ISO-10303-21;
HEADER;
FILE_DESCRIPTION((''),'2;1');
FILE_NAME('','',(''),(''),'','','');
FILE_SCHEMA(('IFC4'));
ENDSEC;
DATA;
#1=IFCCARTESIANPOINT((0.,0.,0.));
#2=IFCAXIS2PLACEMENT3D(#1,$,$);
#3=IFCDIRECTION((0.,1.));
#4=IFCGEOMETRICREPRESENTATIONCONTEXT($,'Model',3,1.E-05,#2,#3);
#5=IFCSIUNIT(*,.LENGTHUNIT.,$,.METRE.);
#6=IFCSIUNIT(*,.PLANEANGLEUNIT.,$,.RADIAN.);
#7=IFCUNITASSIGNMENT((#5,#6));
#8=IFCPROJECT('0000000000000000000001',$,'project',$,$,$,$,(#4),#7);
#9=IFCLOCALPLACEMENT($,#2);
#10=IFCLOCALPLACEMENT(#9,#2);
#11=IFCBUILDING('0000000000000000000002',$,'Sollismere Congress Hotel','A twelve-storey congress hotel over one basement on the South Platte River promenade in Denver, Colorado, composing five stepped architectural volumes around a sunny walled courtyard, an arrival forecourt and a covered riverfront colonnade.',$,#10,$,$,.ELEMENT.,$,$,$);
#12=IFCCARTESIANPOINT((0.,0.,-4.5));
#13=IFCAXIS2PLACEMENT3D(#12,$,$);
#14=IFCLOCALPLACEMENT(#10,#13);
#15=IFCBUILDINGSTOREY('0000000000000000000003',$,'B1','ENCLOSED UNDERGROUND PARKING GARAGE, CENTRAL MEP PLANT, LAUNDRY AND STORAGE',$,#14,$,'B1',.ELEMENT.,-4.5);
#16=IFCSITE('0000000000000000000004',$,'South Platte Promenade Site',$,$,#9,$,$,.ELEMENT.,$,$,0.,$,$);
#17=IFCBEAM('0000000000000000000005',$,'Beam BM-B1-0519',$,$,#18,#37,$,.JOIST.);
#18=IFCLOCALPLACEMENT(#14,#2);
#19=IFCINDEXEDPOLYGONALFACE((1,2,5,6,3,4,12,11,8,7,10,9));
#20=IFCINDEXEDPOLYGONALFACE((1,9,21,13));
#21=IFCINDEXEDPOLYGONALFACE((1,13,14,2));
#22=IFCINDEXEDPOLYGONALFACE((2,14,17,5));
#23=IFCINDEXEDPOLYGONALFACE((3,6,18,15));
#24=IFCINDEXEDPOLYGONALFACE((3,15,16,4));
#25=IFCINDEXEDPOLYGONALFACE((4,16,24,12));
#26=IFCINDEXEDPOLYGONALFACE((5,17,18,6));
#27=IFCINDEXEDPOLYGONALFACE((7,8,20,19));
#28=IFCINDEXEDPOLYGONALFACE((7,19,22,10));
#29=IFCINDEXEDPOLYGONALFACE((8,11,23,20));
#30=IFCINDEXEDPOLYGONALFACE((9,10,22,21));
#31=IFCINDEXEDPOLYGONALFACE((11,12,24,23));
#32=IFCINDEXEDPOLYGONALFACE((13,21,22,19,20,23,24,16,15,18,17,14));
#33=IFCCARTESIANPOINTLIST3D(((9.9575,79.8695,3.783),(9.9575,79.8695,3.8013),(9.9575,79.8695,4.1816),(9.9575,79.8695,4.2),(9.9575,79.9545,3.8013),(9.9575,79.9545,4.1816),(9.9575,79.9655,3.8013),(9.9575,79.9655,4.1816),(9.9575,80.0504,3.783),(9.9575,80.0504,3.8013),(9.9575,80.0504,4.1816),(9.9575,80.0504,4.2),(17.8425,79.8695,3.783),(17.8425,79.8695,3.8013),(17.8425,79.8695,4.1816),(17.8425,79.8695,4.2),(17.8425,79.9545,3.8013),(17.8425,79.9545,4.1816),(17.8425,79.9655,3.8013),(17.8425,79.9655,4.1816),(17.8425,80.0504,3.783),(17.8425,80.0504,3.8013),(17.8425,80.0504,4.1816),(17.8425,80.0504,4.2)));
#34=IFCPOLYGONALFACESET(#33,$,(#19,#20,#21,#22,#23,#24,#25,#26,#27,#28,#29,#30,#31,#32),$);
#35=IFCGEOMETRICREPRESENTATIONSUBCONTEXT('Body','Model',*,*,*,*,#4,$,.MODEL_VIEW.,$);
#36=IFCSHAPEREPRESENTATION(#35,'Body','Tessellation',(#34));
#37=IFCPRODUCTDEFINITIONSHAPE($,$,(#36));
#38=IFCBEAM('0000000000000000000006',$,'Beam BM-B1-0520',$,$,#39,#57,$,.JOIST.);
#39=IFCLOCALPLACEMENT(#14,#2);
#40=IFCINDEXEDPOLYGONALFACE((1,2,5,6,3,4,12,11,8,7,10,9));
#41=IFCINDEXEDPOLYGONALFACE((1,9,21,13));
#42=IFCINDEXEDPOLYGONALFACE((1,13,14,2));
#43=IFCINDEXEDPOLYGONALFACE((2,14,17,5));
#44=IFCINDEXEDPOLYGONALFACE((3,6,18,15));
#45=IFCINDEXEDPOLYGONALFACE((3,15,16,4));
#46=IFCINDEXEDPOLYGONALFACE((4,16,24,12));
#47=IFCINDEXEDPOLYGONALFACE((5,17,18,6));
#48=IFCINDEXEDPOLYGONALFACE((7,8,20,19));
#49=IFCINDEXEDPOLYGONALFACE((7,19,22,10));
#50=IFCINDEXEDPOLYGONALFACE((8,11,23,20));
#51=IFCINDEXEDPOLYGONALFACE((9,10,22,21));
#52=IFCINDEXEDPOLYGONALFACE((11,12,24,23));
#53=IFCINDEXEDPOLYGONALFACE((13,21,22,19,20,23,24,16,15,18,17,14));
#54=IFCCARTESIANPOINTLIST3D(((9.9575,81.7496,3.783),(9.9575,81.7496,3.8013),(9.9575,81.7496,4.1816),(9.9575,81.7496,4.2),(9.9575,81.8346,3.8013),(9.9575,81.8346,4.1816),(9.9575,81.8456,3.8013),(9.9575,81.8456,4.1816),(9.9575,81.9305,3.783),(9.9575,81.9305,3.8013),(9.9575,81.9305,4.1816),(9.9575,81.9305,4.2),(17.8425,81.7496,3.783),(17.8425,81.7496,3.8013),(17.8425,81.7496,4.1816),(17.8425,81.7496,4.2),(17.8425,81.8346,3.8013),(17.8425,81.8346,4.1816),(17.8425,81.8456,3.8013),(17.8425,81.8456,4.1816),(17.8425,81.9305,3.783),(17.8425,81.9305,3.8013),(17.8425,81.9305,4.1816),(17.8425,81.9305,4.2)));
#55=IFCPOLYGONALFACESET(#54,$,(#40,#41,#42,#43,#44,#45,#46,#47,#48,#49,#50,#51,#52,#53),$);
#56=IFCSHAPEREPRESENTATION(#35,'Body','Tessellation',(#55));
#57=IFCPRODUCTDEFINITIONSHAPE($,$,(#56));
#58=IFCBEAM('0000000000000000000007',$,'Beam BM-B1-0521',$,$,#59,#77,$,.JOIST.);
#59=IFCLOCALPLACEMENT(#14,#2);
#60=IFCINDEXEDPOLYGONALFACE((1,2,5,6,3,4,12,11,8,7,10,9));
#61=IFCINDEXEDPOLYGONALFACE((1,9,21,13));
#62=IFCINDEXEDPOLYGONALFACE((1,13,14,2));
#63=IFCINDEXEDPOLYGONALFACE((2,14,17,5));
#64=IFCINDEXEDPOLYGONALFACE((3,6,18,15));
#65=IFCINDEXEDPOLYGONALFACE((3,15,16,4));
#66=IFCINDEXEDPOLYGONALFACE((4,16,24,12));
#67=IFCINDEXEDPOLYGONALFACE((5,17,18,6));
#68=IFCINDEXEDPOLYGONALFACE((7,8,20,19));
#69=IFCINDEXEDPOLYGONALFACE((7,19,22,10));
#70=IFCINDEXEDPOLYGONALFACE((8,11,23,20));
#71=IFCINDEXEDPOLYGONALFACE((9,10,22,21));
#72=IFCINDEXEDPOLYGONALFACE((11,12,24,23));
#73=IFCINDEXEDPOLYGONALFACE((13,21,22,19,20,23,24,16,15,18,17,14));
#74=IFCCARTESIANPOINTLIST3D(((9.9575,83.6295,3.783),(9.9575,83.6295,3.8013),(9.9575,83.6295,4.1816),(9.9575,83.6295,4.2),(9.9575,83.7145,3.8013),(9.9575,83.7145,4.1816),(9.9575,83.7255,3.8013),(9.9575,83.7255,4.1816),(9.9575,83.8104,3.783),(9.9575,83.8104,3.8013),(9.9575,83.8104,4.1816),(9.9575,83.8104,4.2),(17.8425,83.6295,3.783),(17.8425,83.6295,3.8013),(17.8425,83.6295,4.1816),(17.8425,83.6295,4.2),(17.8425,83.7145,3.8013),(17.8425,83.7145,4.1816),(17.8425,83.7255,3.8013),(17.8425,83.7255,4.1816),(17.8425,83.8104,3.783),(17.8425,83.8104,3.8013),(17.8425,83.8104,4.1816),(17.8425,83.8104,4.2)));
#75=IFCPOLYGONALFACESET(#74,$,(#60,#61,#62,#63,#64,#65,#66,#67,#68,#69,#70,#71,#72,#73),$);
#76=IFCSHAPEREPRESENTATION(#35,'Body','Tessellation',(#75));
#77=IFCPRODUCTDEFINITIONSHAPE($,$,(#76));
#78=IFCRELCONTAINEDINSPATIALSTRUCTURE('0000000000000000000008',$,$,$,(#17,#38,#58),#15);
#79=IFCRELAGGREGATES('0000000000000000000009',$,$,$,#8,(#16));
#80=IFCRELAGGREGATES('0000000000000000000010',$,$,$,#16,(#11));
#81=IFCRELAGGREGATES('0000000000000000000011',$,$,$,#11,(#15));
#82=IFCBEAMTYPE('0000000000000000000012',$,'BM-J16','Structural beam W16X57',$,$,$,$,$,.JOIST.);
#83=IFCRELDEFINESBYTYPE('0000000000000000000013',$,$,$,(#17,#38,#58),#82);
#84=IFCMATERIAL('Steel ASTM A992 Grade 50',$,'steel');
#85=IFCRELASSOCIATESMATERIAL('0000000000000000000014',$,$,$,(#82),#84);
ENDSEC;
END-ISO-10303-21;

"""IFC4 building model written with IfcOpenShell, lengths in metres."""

from ifc_helpers import new_model, si_unit, direction, frame, origin, origin_2d, place, context, subcontext, project, spatial, i_section, extrude, material, material_profile, profile_set, type_object, element, save


model = new_model("IFC4")

# Units and contexts
model_context = context("Model", 3, precision=1e-05, world=origin(), true_north=direction((0.0, 1.0)))
body_context = subcontext(model_context, "Body", "Model", "MODEL_VIEW")
ifc_project = project(units=[si_unit("LENGTHUNIT", "METRE"), si_unit("PLANEANGLEUNIT", "RADIAN")], contexts=[model_context])

# Site, building, storey
site_placement = place(None, origin())
site = spatial("IfcSite", under=ifc_project, at=site_placement, Name="South Platte Promenade Site", CompositionType="ELEMENT", RefElevation=0.0)
building_placement = place(site_placement, origin())
building = spatial("IfcBuilding", under=site, at=building_placement, Name="Sollismere Congress Hotel", Description="A twelve-storey congress hotel over one basement on the South Platte River promenade in Denver, Colorado, composing five stepped architectural volumes around a sunny walled courtyard, an arrival forecourt and a covered riverfront colonnade.", CompositionType="ELEMENT")
storey_placement = place(building_placement, frame((0.0, 0.0, -4.5)))
storey = spatial("IfcBuildingStorey", under=building, at=storey_placement, Name="B1", Description="ENCLOSED UNDERGROUND PARKING GARAGE, CENTRAL MEP PLANT, LAUNDRY AND STORAGE", LongName="B1", CompositionType="ELEMENT", Elevation=-4.5)

# Beams
ifc_material_1 = material(Name="Steel ASTM A992 Grade 50", Category="steel")
ifc_material_profile_1 = material_profile(ifc_material_1, i_section(OverallWidth=0.1809, OverallDepth=0.417, WebThickness=0.011, FlangeThickness=0.0183, at=origin_2d()), Name="W16X57")
ifc_profile_set_1 = profile_set([ifc_material_profile_1], Name="Steel ASTM A992 Grade 50")
beam_type_1 = type_object("IfcBeamType", Name="BM-J16", Description="Structural beam W16X57", PredefinedType="JOIST", material=ifc_profile_set_1)
for number, where, z_axis, x_axis, name in (
    (1, (9.9575, 79.96, 3.9915), (1.0, 0.0, 0.0), (0.0, 1.0, 0.0), "Beam BM-B1-0519"),
    (2, (9.9575, 81.8401, 3.9915), (1.0, 0.0, 0.0), (0.0, 1.0, 0.0), "Beam BM-B1-0520"),
    (3, (9.9575, 83.72, 3.9915), (1.0, 0.0, 0.0), (0.0, 1.0, 0.0), "Beam BM-B1-0521"),
):
    element("IfcBeam", number, at=place(storey_placement, frame(where, z_axis=z_axis, x_axis=x_axis)), inside=storey, type_object=beam_type_1, Name=name, PredefinedType="JOIST", context=body_context, shape_type="SweptSolid", body=[
        extrude(i_section(OverallWidth=0.1809, OverallDepth=0.417, WebThickness=0.011, FlangeThickness=0.0183, at=origin_2d()), origin(), (0.0, 0.0, 1.0), 7.885),
    ])

save(model, "model.ifc")
